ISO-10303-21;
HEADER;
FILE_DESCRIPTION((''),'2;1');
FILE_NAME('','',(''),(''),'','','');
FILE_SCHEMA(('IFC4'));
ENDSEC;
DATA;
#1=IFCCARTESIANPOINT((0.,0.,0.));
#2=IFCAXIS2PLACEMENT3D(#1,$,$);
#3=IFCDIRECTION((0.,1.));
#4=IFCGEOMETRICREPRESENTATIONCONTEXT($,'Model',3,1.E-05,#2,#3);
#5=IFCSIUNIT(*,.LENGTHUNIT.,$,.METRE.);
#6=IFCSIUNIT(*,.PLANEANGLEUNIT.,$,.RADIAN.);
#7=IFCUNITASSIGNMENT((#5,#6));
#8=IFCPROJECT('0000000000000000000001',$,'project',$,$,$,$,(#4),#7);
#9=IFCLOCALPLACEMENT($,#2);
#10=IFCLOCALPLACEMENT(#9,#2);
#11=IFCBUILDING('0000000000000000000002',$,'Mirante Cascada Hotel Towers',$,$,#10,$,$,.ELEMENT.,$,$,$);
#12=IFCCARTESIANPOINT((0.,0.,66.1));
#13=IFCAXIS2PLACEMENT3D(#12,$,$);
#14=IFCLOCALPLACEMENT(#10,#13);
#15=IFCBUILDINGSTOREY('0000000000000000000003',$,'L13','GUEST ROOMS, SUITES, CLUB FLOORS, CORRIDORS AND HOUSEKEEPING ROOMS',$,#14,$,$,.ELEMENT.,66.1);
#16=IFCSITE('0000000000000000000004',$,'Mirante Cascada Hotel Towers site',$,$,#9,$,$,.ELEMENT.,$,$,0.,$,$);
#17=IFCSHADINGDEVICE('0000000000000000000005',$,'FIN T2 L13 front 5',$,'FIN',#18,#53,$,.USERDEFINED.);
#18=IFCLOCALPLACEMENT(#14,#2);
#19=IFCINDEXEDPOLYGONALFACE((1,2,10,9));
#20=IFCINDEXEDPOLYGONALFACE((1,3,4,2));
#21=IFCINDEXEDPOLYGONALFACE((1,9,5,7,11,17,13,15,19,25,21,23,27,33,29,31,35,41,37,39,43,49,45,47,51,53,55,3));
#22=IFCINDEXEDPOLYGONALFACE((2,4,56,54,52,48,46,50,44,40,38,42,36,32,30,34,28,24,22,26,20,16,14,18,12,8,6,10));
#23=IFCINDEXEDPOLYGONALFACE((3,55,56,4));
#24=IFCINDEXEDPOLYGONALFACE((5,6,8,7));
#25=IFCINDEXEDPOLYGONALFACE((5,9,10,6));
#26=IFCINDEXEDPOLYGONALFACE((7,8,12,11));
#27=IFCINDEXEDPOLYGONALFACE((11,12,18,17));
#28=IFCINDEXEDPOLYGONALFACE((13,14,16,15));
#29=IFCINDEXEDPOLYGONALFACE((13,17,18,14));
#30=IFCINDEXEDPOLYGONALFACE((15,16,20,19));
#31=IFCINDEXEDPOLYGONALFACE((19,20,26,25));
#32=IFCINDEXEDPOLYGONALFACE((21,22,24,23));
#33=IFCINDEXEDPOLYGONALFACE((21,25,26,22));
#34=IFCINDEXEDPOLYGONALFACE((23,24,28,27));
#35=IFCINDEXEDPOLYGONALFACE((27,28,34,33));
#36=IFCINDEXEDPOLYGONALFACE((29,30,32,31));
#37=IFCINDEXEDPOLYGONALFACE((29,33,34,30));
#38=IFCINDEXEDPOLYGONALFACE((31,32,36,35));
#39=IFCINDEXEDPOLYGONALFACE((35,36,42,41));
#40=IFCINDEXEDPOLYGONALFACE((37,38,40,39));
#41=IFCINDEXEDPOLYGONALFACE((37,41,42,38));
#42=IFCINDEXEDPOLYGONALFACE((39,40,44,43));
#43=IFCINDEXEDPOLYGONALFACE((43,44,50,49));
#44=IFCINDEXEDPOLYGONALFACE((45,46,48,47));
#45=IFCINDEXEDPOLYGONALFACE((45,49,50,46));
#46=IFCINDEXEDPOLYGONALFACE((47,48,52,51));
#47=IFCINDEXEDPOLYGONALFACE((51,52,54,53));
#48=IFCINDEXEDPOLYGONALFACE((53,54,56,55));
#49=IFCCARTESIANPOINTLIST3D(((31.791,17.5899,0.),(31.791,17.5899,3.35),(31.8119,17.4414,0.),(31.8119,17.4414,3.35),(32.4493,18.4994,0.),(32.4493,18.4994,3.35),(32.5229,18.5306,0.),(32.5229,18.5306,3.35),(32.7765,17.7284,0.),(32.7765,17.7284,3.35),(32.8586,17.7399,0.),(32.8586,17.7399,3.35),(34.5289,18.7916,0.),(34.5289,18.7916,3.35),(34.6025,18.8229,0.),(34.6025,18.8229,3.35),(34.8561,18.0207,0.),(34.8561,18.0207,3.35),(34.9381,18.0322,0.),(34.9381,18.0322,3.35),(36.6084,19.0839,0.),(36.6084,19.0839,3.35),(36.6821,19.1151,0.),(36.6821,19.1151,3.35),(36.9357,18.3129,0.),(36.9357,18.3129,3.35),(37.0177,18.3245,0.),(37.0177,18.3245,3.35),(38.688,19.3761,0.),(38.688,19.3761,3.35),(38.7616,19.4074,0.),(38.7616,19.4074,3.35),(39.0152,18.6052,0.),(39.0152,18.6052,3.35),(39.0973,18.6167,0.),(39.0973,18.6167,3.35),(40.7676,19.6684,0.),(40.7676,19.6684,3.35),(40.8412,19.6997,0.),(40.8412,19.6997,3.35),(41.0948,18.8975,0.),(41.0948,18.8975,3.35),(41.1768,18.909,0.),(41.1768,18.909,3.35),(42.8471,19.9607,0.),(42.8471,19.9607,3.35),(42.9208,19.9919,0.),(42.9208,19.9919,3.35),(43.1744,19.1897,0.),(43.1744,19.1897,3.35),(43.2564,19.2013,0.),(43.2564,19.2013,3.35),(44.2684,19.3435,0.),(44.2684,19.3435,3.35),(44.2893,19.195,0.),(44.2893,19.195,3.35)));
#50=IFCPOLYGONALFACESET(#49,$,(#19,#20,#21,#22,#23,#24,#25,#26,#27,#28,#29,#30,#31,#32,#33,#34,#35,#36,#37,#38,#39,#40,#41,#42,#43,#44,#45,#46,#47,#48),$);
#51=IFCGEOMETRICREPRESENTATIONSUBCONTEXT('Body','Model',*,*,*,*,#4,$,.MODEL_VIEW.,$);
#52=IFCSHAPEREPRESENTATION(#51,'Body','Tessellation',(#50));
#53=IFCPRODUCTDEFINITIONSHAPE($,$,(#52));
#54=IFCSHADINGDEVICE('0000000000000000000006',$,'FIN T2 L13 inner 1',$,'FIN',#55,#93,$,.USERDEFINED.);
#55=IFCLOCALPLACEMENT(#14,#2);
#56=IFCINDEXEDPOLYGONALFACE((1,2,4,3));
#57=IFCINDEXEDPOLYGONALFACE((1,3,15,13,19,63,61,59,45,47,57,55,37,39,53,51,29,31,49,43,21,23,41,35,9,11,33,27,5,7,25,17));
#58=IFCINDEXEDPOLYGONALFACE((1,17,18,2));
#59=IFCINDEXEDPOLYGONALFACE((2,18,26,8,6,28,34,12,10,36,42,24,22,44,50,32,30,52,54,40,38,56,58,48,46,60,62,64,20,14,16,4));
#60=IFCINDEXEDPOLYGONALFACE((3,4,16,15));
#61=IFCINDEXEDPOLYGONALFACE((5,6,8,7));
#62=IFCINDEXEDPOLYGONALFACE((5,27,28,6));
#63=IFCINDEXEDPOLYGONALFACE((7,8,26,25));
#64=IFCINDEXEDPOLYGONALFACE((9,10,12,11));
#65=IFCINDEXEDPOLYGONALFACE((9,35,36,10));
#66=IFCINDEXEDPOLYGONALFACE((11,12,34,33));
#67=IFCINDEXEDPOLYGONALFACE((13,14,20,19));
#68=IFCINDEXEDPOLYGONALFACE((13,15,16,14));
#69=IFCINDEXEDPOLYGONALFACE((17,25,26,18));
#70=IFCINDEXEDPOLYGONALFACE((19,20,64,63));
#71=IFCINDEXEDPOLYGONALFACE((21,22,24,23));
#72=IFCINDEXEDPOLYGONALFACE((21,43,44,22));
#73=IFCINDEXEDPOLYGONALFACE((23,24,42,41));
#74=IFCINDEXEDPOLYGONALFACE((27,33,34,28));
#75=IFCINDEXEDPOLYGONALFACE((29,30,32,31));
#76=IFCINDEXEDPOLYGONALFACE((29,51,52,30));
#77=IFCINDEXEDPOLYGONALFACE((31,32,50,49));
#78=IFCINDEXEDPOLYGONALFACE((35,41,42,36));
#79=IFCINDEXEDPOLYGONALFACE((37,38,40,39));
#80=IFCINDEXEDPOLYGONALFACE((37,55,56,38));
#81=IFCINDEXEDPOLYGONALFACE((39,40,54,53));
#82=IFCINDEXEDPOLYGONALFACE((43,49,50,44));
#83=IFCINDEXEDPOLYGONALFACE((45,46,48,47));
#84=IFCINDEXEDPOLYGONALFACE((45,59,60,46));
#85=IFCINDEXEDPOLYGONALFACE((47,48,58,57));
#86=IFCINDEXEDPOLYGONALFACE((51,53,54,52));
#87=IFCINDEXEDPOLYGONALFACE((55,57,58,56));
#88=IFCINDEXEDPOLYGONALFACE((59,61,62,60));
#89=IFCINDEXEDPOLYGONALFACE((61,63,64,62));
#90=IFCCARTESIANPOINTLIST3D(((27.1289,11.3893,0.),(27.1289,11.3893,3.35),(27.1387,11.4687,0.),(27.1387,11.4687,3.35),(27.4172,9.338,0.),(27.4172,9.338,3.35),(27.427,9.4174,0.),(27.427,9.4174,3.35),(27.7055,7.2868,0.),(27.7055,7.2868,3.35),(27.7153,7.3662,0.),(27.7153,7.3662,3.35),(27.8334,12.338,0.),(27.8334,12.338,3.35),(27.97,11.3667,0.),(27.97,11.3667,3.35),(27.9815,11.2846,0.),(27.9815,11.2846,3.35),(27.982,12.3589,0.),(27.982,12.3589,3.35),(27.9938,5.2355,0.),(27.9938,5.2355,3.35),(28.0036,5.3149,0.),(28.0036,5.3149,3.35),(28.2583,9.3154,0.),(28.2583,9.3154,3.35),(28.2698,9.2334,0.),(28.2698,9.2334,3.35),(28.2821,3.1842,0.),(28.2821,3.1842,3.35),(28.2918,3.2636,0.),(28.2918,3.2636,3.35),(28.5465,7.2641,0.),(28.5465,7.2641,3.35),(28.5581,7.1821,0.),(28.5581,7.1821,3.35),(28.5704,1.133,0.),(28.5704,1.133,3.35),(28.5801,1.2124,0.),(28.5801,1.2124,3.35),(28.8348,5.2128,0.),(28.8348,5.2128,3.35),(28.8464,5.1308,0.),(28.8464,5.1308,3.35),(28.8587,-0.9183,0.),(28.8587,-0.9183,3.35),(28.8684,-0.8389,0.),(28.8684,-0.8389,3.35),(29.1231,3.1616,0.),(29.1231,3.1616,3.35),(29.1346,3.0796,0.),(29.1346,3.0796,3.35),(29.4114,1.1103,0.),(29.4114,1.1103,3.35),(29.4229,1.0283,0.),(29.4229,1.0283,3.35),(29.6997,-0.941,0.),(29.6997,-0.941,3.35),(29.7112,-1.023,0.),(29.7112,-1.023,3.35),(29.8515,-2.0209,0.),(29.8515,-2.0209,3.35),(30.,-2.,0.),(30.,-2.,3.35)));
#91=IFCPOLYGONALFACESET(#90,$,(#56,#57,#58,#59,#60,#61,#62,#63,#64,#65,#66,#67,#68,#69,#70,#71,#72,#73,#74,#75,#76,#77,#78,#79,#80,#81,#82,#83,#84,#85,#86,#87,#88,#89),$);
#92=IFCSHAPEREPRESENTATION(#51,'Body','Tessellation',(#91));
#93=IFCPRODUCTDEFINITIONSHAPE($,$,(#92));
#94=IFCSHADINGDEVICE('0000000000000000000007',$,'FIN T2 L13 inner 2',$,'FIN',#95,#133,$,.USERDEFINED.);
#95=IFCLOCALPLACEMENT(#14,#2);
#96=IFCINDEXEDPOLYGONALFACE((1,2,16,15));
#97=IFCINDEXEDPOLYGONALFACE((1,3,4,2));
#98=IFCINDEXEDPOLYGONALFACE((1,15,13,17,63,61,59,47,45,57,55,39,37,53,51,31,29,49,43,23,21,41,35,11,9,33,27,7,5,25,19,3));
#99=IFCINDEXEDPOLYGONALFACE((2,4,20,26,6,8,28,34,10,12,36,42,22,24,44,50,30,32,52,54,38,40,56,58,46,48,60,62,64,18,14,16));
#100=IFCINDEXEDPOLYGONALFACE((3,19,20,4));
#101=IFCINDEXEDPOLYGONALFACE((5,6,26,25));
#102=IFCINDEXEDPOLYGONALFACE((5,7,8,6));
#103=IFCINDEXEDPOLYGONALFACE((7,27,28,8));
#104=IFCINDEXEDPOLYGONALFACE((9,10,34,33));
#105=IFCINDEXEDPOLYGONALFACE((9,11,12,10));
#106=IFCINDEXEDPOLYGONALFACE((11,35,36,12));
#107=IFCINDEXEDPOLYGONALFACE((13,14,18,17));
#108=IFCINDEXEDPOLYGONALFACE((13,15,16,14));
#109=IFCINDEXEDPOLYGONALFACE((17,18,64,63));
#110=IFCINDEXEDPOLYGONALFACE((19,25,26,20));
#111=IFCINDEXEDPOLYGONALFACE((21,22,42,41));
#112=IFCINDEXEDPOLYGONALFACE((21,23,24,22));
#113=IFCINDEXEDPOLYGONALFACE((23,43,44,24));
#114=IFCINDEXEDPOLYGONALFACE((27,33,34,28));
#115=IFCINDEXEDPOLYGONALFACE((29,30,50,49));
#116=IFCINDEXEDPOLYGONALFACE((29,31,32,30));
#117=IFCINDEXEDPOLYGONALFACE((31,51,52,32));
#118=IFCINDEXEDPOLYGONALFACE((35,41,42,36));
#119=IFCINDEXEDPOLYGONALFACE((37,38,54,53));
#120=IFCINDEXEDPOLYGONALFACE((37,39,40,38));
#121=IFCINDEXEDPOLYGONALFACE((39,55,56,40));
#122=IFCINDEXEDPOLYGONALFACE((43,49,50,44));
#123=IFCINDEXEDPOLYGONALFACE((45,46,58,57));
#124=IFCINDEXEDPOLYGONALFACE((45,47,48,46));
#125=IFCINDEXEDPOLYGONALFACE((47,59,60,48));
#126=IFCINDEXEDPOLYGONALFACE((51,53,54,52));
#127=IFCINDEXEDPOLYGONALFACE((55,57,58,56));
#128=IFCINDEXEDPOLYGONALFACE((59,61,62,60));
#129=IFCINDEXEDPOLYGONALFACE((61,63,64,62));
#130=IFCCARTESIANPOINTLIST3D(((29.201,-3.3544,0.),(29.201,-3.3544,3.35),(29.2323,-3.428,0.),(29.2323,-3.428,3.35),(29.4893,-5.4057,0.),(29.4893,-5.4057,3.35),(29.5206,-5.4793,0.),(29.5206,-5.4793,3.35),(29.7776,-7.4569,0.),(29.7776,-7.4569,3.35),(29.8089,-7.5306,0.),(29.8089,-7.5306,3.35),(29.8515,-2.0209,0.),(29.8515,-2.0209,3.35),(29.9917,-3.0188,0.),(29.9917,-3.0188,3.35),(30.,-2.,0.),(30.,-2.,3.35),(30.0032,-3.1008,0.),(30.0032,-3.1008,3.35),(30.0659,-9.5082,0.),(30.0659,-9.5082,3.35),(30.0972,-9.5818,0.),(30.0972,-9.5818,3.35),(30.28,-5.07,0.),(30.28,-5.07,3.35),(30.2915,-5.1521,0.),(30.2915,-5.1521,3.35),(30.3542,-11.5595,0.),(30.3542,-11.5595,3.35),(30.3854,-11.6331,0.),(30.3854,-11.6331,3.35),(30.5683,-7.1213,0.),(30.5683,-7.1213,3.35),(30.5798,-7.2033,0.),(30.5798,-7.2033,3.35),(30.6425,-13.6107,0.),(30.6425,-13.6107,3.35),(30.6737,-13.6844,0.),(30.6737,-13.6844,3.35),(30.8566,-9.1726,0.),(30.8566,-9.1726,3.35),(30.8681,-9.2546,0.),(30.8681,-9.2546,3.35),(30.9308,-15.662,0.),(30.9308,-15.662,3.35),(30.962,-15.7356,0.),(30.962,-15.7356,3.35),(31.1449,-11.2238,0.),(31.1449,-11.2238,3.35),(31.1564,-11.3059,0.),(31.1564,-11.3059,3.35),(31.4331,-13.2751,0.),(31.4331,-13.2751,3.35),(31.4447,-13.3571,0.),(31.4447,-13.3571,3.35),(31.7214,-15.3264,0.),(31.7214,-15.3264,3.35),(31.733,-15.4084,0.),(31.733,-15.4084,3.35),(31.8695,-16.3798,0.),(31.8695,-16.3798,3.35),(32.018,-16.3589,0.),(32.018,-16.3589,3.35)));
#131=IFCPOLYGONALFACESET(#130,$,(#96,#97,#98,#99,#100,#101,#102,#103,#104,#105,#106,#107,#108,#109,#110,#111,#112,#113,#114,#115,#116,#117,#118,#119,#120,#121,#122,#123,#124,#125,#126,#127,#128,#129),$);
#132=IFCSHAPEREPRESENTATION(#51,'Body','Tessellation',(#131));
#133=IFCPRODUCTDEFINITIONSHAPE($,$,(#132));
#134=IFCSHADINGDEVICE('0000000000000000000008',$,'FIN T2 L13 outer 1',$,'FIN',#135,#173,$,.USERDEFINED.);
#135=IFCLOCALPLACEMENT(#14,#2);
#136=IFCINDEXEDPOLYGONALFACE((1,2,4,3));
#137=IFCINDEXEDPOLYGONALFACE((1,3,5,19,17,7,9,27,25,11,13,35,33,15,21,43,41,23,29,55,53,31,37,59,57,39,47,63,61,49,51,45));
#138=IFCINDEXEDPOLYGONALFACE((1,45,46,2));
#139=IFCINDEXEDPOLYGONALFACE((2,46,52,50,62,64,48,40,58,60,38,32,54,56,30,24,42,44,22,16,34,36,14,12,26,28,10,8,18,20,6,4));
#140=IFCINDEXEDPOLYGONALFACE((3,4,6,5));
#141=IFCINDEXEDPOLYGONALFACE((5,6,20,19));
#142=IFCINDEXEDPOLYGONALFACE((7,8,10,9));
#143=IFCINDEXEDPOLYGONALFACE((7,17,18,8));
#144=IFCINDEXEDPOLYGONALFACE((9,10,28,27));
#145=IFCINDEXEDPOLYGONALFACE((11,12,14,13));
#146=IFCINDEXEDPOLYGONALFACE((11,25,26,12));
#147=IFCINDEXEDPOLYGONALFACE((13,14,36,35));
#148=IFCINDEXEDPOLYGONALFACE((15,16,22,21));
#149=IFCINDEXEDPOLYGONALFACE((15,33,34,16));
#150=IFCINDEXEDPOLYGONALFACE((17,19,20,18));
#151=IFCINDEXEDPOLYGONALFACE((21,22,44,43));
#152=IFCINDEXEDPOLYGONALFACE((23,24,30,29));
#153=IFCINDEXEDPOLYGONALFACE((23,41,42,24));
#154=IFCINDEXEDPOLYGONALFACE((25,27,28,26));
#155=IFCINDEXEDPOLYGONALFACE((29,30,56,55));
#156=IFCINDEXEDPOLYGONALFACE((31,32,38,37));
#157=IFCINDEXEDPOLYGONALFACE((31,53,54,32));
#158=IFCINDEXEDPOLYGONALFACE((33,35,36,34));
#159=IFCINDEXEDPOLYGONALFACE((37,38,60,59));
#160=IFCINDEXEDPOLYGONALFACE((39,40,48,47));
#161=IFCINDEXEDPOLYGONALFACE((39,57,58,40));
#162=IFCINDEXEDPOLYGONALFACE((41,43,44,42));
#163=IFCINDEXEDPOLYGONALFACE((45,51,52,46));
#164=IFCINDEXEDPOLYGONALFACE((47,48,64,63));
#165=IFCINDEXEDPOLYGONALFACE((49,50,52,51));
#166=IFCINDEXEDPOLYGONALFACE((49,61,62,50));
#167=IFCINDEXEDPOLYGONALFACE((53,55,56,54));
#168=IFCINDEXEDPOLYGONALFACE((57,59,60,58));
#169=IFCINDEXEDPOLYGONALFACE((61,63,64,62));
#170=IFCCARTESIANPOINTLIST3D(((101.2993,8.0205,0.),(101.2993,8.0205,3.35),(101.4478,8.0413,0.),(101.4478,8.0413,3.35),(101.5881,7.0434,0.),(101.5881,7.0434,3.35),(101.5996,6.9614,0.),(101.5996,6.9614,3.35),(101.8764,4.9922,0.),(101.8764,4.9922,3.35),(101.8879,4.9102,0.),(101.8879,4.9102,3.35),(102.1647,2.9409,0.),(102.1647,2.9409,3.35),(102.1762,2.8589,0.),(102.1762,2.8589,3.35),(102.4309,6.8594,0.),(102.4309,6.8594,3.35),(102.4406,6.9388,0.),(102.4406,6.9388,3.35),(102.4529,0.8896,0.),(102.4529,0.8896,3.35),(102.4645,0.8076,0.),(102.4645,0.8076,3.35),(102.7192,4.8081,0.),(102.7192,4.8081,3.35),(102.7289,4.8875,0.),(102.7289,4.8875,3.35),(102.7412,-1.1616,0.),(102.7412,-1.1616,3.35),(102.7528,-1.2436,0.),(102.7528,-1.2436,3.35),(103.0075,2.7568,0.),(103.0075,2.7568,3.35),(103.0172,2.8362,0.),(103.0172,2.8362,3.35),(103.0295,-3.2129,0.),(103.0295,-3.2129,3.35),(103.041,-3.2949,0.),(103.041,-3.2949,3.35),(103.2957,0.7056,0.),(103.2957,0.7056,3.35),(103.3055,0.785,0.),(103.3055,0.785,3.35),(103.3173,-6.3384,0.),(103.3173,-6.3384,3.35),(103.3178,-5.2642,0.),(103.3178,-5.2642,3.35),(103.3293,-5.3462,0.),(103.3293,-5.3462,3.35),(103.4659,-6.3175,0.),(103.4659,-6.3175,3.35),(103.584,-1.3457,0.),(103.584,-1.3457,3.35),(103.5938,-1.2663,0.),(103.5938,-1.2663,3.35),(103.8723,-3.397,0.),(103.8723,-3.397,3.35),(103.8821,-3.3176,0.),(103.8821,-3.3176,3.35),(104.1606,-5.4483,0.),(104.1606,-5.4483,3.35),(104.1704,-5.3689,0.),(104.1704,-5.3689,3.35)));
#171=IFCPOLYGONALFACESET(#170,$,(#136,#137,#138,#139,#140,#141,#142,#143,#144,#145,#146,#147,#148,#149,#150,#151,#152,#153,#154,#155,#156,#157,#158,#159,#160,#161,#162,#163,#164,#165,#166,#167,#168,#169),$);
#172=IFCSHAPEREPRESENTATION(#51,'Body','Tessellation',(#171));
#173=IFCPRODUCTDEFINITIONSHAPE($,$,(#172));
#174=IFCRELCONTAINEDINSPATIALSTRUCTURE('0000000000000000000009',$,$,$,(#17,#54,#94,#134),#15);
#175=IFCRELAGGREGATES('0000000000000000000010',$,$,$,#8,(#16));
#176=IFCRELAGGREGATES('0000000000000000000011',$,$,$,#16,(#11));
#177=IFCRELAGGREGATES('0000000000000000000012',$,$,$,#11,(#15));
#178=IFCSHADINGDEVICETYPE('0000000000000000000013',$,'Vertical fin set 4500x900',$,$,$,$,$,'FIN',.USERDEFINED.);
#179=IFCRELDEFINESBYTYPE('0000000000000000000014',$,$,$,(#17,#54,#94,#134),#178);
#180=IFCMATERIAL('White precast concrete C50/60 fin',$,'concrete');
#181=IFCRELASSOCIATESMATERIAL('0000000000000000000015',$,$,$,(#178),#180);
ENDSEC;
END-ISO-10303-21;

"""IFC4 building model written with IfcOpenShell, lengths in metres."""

from ifc_helpers import new_model, si_unit, direction, frame, origin, place, context, subcontext, project, spatial, polyline, outline, extrude, material, type_object, element, save


model = new_model("IFC4")

# Units and contexts
model_context = context("Model", 3, precision=1e-05, world=origin(), true_north=direction((0.0, 1.0)))
body_context = subcontext(model_context, "Body", "Model", "MODEL_VIEW")
ifc_project = project(units=[si_unit("LENGTHUNIT", "METRE"), si_unit("PLANEANGLEUNIT", "RADIAN")], contexts=[model_context])

# Site, building, storey
site_placement = place(None, origin())
site = spatial("IfcSite", under=ifc_project, at=site_placement, Name="Mirante Cascada Hotel Towers site", CompositionType="ELEMENT", RefElevation=0.0)
building_placement = place(site_placement, origin())
building = spatial("IfcBuilding", under=site, at=building_placement, Name="Mirante Cascada Hotel Towers", CompositionType="ELEMENT")
storey_placement = place(building_placement, frame((0.0, 0.0, 66.1)))
storey = spatial("IfcBuildingStorey", under=building, at=storey_placement, Name="L13", Description="GUEST ROOMS, SUITES, CLUB FLOORS, CORRIDORS AND HOUSEKEEPING ROOMS", CompositionType="ELEMENT", Elevation=66.1)

# Shading devices
ifc_material_1 = material(Name="White precast concrete C50/60 fin", Category="concrete")
shading_device_type = type_object("IfcShadingDeviceType", Name="Vertical fin set 4500x900", ElementType="FIN", PredefinedType="USERDEFINED", material=ifc_material_1)
shading_device_1_placement = place(storey_placement, origin())
element("IfcShadingDevice", 1, at=shading_device_1_placement, inside=storey, type_object=shading_device_type, Name="FIN T2 L13 front 5", ObjectType="FIN", PredefinedType="USERDEFINED", context=body_context, shape_type="SweptSolid", body=[
    extrude(outline(polyline([(32.5229, 18.5306), (32.8586, 17.7399), (34.8561, 18.0207), (34.5289, 18.7916), (34.6025, 18.8229), (34.9381, 18.0322), (36.9357, 18.3129), (36.6084, 19.0839), (36.6821, 19.1151), (37.0177, 18.3245), (39.0152, 18.6052), (38.688, 19.3761), (38.7616, 19.4074), (39.0973, 18.6167), (41.0948, 18.8975), (40.7676, 19.6684), (40.8412, 19.6997), (41.1768, 18.909), (43.1744, 19.1897), (42.8471, 19.9607), (42.9208, 19.9919), (43.2564, 19.2013), (44.2684, 19.3435), (44.2893, 19.195), (31.8119, 17.4414), (31.791, 17.5899), (32.7765, 17.7284), (32.4493, 18.4994), (32.5229, 18.5306)])), origin(), (0.0, 0.0, 1.0), 3.35),
])
shading_device_2_placement = place(storey_placement, origin())
element("IfcShadingDevice", 2, at=shading_device_2_placement, inside=storey, type_object=shading_device_type, Name="FIN T2 L13 inner 1", ObjectType="FIN", PredefinedType="USERDEFINED", context=body_context, shape_type="SweptSolid", body=[
    extrude(outline(polyline([(28.8684, -0.8389), (29.6997, -0.941), (29.4229, 1.0283), (28.5704, 1.133), (28.5801, 1.2124), (29.4114, 1.1103), (29.1346, 3.0796), (28.2821, 3.1842), (28.2918, 3.2636), (29.1231, 3.1616), (28.8464, 5.1308), (27.9938, 5.2355), (28.0036, 5.3149), (28.8348, 5.2128), (28.5581, 7.1821), (27.7055, 7.2868), (27.7153, 7.3662), (28.5465, 7.2641), (28.2698, 9.2334), (27.4172, 9.338), (27.427, 9.4174), (28.2583, 9.3154), (27.9815, 11.2846), (27.1289, 11.3893), (27.1387, 11.4687), (27.97, 11.3667), (27.8334, 12.338), (27.982, 12.3589), (30.0, -2.0), (29.8515, -2.0209), (29.7112, -1.023), (28.8587, -0.9183), (28.8684, -0.8389)])), origin(), (0.0, 0.0, 1.0), 3.35),
])
shading_device_3_placement = place(storey_placement, origin())
element("IfcShadingDevice", 3, at=shading_device_3_placement, inside=storey, type_object=shading_device_type, Name="FIN T2 L13 inner 2", ObjectType="FIN", PredefinedType="USERDEFINED", context=body_context, shape_type="SweptSolid", body=[
    extrude(outline(polyline([(30.9308, -15.662), (31.7214, -15.3264), (31.4447, -13.3571), (30.6737, -13.6844), (30.6425, -13.6107), (31.4331, -13.2751), (31.1564, -11.3059), (30.3854, -11.6331), (30.3542, -11.5595), (31.1449, -11.2238), (30.8681, -9.2546), (30.0972, -9.5818), (30.0659, -9.5082), (30.8566, -9.1726), (30.5798, -7.2033), (29.8089, -7.5306), (29.7776, -7.4569), (30.5683, -7.1213), (30.2915, -5.1521), (29.5206, -5.4793), (29.4893, -5.4057), (30.28, -5.07), (30.0032, -3.1008), (29.2323, -3.428), (29.201, -3.3544), (29.9917, -3.0188), (29.8515, -2.0209), (30.0, -2.0), (32.018, -16.3589), (31.8695, -16.3798), (31.733, -15.4084), (30.962, -15.7356), (30.9308, -15.662)])), origin(), (0.0, 0.0, 1.0), 3.35),
])
shading_device_4_placement = place(storey_placement, origin())
element("IfcShadingDevice", 4, at=shading_device_4_placement, inside=storey, type_object=shading_device_type, Name="FIN T2 L13 outer 1", ObjectType="FIN", PredefinedType="USERDEFINED", context=body_context, shape_type="SweptSolid", body=[
    extrude(outline(polyline([(104.1606, -5.4483), (103.3293, -5.3462), (103.4659, -6.3175), (103.3173, -6.3384), (101.2993, 8.0205), (101.4478, 8.0413), (101.5881, 7.0434), (102.4406, 6.9388), (102.4309, 6.8594), (101.5996, 6.9614), (101.8764, 4.9922), (102.7289, 4.8875), (102.7192, 4.8081), (101.8879, 4.9102), (102.1647, 2.9409), (103.0172, 2.8362), (103.0075, 2.7568), (102.1762, 2.8589), (102.4529, 0.8896), (103.3055, 0.785), (103.2957, 0.7056), (102.4645, 0.8076), (102.7412, -1.1616), (103.5938, -1.2663), (103.584, -1.3457), (102.7528, -1.2436), (103.0295, -3.2129), (103.8821, -3.3176), (103.8723, -3.397), (103.041, -3.2949), (103.3178, -5.2642), (104.1704, -5.3689), (104.1606, -5.4483)])), origin(), (0.0, 0.0, 1.0), 3.35),
])

save(model, "model.ifc")
